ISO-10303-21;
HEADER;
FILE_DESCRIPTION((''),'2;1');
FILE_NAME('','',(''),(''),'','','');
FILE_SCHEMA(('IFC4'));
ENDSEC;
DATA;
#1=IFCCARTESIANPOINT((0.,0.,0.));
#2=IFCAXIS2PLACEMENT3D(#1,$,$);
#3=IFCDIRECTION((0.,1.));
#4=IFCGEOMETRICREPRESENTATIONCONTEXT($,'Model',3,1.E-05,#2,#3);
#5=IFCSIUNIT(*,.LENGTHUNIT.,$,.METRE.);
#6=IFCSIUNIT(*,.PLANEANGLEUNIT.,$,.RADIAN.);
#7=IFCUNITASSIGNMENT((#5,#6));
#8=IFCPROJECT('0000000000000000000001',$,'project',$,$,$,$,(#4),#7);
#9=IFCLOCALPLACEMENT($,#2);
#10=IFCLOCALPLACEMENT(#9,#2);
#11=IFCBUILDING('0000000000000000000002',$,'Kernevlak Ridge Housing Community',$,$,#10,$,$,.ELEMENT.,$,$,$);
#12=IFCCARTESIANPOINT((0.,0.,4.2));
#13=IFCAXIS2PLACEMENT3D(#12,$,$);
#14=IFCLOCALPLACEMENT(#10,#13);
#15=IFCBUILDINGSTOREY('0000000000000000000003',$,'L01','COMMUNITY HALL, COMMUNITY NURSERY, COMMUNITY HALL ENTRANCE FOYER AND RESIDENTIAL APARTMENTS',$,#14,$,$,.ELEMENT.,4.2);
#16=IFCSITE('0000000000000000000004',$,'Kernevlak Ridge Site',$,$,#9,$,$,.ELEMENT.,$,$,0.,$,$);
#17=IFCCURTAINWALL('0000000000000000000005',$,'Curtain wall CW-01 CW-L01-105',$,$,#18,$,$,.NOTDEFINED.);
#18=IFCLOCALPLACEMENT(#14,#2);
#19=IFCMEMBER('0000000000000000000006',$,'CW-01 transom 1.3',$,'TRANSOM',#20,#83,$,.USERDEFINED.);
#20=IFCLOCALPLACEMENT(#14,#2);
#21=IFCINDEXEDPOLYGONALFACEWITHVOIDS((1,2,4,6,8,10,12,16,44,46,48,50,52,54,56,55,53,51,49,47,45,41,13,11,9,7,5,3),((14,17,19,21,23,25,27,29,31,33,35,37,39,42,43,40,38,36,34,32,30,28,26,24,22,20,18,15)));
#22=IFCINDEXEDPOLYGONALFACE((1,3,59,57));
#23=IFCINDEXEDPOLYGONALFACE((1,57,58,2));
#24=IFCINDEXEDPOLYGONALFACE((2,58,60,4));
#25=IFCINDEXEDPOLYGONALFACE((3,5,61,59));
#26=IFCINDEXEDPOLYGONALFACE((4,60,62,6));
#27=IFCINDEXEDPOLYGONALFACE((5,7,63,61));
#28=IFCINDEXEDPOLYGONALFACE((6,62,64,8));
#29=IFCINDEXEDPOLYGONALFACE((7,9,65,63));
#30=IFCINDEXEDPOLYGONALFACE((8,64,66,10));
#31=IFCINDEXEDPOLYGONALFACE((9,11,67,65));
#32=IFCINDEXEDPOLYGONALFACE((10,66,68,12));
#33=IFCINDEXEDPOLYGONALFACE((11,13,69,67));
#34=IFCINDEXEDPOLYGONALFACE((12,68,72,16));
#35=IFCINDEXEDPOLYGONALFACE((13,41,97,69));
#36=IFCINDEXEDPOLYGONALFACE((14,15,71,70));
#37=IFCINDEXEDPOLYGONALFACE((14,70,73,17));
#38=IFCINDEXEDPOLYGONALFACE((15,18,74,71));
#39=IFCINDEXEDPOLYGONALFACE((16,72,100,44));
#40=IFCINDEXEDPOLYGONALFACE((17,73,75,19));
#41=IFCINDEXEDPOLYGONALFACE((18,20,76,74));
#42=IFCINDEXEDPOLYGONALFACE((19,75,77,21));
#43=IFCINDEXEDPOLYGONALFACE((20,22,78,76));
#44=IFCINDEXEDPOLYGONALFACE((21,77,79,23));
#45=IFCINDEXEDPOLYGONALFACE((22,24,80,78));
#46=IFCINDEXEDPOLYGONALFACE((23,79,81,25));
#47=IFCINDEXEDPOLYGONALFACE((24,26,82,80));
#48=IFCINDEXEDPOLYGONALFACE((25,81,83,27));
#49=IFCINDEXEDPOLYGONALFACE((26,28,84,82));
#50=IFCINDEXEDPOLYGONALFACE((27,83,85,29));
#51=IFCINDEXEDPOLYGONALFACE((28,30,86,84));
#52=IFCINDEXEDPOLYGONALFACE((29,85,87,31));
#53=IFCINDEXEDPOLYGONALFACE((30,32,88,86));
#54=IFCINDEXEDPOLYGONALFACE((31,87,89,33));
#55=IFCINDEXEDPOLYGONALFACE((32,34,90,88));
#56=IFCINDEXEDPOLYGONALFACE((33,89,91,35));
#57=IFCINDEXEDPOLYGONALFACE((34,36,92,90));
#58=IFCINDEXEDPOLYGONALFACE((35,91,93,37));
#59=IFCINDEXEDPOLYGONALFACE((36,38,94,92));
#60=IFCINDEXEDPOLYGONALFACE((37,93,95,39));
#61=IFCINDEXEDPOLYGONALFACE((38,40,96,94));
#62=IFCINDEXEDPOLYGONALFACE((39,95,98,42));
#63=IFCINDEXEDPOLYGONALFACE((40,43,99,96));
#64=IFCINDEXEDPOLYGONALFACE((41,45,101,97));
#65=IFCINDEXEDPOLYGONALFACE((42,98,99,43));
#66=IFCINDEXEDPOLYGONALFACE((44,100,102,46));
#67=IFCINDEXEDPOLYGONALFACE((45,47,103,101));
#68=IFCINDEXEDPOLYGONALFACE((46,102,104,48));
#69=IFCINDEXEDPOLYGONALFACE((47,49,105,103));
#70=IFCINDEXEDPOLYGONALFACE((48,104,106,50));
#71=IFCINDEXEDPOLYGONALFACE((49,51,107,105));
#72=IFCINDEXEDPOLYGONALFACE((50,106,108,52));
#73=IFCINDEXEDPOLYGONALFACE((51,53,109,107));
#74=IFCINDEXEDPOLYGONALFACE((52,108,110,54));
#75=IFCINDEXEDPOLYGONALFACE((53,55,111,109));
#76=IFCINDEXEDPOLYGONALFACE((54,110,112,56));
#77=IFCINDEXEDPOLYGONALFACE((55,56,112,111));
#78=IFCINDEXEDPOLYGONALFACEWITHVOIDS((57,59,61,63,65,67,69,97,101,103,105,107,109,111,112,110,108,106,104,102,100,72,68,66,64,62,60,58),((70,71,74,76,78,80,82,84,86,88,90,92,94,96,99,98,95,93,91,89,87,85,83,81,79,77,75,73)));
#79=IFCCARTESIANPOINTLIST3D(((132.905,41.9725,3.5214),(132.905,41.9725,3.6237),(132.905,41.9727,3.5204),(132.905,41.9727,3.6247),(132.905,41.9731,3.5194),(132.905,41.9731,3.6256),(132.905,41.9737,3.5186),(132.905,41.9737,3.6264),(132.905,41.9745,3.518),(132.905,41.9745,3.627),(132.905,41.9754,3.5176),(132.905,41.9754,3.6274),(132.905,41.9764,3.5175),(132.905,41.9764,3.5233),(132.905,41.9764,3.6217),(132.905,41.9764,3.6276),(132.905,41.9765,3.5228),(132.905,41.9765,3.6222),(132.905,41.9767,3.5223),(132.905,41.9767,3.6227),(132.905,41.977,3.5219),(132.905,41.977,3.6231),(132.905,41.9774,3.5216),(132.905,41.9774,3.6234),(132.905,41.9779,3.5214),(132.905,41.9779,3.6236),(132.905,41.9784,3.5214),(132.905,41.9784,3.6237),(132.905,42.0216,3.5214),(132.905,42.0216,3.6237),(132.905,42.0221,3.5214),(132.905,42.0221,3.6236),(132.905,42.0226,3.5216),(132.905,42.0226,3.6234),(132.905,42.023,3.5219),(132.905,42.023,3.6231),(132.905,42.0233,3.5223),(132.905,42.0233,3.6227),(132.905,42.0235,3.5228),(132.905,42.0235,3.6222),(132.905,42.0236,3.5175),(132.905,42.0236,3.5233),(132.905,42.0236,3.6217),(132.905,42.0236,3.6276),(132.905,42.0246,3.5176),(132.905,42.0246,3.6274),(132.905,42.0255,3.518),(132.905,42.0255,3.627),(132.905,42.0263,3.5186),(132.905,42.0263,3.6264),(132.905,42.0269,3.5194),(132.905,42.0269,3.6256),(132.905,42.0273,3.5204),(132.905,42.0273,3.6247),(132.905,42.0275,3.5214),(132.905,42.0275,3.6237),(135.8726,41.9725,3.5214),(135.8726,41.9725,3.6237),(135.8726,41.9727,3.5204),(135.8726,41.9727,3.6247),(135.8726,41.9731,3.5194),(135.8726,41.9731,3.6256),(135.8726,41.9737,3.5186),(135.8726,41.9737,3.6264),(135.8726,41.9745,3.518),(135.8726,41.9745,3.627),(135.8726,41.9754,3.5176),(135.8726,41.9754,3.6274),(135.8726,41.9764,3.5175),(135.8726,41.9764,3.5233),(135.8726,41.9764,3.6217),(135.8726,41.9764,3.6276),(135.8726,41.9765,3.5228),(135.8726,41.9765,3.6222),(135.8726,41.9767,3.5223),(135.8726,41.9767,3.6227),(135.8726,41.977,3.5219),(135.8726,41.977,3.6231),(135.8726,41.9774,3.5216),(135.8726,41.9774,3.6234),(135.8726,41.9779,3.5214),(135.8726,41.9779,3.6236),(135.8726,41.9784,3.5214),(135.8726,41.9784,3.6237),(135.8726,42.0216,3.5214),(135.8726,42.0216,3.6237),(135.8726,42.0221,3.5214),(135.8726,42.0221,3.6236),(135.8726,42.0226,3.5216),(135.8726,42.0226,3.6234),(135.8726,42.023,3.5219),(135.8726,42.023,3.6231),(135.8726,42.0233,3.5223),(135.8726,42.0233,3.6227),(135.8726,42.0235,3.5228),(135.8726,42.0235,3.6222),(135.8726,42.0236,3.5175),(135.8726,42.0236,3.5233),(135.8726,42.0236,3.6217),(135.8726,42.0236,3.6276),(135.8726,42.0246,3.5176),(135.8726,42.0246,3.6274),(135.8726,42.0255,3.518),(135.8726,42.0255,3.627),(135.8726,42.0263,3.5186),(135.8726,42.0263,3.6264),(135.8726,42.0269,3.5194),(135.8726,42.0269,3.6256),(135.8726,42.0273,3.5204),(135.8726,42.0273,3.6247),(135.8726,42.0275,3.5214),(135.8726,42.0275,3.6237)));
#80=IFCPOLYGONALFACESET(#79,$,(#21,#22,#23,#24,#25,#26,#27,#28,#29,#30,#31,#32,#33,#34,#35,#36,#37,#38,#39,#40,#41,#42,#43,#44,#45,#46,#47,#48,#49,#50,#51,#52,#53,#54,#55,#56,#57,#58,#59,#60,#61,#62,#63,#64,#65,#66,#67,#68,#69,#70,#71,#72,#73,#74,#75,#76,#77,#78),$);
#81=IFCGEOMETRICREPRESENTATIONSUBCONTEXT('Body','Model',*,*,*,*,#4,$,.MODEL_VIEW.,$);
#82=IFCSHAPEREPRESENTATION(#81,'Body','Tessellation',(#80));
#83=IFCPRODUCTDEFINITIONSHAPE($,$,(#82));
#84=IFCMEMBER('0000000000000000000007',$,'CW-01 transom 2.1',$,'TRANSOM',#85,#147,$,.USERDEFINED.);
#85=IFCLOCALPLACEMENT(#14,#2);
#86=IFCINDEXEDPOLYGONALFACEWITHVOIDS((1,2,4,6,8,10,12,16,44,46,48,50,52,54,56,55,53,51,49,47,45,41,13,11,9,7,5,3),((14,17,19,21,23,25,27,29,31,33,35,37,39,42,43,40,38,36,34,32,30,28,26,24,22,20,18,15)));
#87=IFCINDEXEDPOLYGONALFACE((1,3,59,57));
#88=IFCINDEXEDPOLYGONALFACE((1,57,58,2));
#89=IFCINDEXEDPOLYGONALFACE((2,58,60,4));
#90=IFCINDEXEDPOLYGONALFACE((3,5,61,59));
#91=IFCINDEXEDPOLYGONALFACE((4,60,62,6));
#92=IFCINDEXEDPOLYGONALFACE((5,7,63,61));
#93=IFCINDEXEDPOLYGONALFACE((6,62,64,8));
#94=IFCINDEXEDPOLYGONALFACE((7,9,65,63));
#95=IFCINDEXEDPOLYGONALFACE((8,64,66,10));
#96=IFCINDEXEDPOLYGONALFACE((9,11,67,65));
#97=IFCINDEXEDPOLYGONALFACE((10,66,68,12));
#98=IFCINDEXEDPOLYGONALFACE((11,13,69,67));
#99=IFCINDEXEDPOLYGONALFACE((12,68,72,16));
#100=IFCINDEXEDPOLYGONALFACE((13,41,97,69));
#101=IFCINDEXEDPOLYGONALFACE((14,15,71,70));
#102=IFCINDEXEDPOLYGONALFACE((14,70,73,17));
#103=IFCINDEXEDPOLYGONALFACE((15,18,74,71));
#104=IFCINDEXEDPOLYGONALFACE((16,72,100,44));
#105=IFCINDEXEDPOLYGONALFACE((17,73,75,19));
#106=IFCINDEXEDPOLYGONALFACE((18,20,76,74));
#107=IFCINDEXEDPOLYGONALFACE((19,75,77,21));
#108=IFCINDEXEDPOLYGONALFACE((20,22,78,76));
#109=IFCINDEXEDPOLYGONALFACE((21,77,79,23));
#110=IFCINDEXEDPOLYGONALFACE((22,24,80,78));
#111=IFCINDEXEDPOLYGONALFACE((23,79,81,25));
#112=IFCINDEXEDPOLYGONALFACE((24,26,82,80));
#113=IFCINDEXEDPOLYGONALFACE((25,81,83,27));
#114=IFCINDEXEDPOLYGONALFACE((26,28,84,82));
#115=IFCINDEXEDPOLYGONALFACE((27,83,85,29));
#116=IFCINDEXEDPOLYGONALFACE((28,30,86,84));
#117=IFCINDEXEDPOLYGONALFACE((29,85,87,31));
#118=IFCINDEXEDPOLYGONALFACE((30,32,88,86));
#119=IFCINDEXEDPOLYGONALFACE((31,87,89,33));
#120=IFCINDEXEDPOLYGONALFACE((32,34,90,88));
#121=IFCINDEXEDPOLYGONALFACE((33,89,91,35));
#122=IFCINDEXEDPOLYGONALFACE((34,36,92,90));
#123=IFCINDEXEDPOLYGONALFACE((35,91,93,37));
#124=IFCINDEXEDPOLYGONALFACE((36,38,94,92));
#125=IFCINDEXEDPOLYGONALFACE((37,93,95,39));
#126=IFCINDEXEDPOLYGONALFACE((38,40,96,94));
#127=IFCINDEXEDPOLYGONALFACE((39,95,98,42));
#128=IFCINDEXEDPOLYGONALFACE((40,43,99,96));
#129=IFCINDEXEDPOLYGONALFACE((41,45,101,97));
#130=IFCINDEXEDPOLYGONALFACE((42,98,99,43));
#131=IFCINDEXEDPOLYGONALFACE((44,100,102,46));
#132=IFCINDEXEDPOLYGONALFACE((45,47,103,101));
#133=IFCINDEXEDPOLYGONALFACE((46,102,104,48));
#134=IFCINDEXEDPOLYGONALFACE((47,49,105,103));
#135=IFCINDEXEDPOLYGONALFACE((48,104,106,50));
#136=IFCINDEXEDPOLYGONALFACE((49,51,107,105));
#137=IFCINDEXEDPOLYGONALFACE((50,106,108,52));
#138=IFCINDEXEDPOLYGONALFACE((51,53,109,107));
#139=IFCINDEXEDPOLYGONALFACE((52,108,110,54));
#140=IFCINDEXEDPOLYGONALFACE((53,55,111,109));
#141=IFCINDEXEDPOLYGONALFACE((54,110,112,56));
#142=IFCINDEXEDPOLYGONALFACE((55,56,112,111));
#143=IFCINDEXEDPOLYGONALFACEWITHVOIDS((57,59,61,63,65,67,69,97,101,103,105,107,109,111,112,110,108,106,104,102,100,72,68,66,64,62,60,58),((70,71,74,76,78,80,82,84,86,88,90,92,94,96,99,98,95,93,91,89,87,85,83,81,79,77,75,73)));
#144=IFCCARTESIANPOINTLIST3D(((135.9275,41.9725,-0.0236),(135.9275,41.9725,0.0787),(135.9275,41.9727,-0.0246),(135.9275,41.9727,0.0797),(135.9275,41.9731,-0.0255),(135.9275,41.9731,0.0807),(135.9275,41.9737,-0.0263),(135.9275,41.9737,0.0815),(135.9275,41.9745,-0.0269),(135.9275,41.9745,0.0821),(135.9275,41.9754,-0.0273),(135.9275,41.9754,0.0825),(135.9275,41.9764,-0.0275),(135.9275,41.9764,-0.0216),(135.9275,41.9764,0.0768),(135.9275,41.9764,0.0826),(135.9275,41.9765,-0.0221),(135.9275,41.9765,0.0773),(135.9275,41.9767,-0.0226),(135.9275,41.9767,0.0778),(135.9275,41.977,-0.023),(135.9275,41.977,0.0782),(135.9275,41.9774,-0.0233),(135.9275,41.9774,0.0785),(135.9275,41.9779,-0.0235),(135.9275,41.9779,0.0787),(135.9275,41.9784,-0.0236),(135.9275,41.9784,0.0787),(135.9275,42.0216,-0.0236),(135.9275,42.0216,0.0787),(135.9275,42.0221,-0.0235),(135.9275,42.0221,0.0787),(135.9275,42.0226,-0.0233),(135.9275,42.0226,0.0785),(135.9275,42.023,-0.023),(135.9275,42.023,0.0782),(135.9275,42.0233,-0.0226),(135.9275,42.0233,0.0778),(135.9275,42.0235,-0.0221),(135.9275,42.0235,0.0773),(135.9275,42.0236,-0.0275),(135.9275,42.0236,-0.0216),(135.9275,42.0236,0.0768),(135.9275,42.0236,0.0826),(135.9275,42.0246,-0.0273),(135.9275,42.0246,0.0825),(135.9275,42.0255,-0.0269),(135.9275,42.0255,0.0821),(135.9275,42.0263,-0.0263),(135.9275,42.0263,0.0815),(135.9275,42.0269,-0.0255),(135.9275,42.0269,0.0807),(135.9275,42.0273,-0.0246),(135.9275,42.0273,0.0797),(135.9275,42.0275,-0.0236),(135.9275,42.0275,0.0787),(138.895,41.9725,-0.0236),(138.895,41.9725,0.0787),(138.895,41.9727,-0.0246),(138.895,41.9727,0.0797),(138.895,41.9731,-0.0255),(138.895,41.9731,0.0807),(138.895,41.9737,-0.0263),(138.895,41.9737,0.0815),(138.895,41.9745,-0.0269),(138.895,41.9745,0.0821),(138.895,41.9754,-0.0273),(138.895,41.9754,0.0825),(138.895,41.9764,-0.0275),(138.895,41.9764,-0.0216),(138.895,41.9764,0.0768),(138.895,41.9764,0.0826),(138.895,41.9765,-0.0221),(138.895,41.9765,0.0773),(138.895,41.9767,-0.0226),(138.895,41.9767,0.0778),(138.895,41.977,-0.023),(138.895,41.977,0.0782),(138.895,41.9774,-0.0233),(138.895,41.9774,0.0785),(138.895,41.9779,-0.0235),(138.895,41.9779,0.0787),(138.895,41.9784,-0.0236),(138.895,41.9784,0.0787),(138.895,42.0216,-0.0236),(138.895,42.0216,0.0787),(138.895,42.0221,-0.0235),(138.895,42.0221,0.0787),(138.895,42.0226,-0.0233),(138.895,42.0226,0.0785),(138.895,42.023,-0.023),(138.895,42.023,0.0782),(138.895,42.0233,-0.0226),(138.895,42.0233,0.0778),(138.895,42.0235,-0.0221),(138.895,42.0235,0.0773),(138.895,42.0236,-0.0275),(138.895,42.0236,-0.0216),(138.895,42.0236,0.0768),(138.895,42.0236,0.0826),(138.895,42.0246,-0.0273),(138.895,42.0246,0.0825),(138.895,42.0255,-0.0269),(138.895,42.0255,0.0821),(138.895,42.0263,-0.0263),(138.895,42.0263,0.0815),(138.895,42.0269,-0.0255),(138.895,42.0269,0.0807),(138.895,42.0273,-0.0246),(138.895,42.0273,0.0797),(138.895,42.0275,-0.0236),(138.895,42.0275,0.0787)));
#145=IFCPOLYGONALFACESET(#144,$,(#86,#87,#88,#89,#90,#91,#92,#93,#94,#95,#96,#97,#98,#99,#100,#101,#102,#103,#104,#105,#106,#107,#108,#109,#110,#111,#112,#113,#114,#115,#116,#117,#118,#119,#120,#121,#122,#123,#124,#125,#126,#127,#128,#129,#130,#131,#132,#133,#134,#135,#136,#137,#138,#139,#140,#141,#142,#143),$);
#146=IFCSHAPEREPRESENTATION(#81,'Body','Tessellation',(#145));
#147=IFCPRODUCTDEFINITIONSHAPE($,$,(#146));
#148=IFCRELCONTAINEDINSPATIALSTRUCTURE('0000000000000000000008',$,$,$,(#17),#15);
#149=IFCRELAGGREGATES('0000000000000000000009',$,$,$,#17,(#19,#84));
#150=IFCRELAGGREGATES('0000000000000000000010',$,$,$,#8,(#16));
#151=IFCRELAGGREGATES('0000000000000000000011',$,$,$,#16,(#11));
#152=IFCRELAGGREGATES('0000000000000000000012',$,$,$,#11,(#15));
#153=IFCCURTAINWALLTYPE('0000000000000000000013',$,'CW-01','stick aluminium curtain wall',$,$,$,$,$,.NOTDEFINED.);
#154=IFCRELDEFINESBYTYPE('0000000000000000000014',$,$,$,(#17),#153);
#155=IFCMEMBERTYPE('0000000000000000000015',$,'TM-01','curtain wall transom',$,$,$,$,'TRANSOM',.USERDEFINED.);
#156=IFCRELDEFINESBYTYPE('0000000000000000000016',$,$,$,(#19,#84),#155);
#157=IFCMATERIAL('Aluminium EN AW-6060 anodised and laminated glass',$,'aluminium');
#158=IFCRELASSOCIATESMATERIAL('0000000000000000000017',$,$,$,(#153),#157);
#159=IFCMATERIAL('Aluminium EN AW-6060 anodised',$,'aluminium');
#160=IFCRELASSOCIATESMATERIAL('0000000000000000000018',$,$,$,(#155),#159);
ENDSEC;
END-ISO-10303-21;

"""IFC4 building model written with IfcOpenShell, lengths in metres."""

from ifc_helpers import new_model, si_unit, direction, frame, origin, origin_2d, place, context, subcontext, project, spatial, hollow_rectangle, extrude, material, material_profile, profile_set, type_object, element, aggregate, save


model = new_model("IFC4")

# Units and contexts
model_context = context("Model", 3, precision=1e-05, world=origin(), true_north=direction((0.0, 1.0)))
body_context = subcontext(model_context, "Body", "Model", "MODEL_VIEW")
ifc_project = project(units=[si_unit("LENGTHUNIT", "METRE"), si_unit("PLANEANGLEUNIT", "RADIAN")], contexts=[model_context])

# Site, building, storey
site_placement = place(None, origin())
site = spatial("IfcSite", under=ifc_project, at=site_placement, Name="Kernevlak Ridge Site", CompositionType="ELEMENT", RefElevation=0.0)
building_placement = place(site_placement, origin())
building = spatial("IfcBuilding", under=site, at=building_placement, Name="Kernevlak Ridge Housing Community", CompositionType="ELEMENT")
storey_placement = place(building_placement, frame((0.0, 0.0, 4.2)))
storey = spatial("IfcBuildingStorey", under=building, at=storey_placement, Name="L01", Description="COMMUNITY HALL, COMMUNITY NURSERY, COMMUNITY HALL ENTRANCE FOYER AND RESIDENTIAL APARTMENTS", CompositionType="ELEMENT", Elevation=4.2)

# Curtain wall
ifc_material_1 = material(Name="Aluminium EN AW-6060 anodised and laminated glass", Category="aluminium")
curtain_wall_type = type_object("IfcCurtainWallType", Name="CW-01", Description="stick aluminium curtain wall", PredefinedType="NOTDEFINED", material=ifc_material_1)
curtain_wall_placement = place(storey_placement, origin())
curtain_wall = element("IfcCurtainWall", 1, at=curtain_wall_placement, inside=storey, type_object=curtain_wall_type, Name="Curtain wall CW-01 CW-L01-105", PredefinedType="NOTDEFINED")
ifc_material_2 = material(Name="Aluminium EN AW-6060 anodised", Category="aluminium")

# Members
ifc_material_profile_1 = material_profile(ifc_material_2, hollow_rectangle(XDim=0.0549, YDim=0.1101, WallThickness=0.0039, InnerFilletRadius=0.002, OuterFilletRadius=0.0039, at=origin_2d()), Name="ALU 55x110x4")
ifc_profile_set_1 = profile_set([ifc_material_profile_1], Name="Aluminium EN AW-6060 anodised")
member_type_1 = type_object("IfcMemberType", Name="TM-01", Description="curtain wall transom", ElementType="TRANSOM", PredefinedType="USERDEFINED", material=ifc_profile_set_1)
member_1_placement = place(storey_placement, frame((132.905, 42.0, 3.5725), z_axis=(1.0, 0.0, 0.0), x_axis=(0.0, 1.0, 0.0)))
member_1 = element("IfcMember", 2, at=member_1_placement, type_object=member_type_1, Name="CW-01 transom 1.3", ObjectType="TRANSOM", PredefinedType="USERDEFINED", context=body_context, shape_type="SweptSolid", body=[
    extrude(hollow_rectangle(XDim=0.0549, YDim=0.1101, WallThickness=0.0039, InnerFilletRadius=0.002, OuterFilletRadius=0.0039, at=origin_2d()), origin(), (0.0, 0.0, 1.0), 2.9675),
])
member_2_placement = place(storey_placement, frame((135.9275, 42.0, 0.0276), z_axis=(1.0, 0.0, 0.0), x_axis=(0.0, 1.0, 0.0)))
member_2 = element("IfcMember", 3, at=member_2_placement, type_object=member_type_1, Name="CW-01 transom 2.1", ObjectType="TRANSOM", PredefinedType="USERDEFINED", context=body_context, shape_type="SweptSolid", body=[
    extrude(hollow_rectangle(XDim=0.0549, YDim=0.1101, WallThickness=0.0039, InnerFilletRadius=0.002, OuterFilletRadius=0.0039, at=origin_2d()), origin(), (0.0, 0.0, 1.0), 2.9675),
])

aggregate(curtain_wall, [member_1, member_2])

save(model, "model.ifc")
